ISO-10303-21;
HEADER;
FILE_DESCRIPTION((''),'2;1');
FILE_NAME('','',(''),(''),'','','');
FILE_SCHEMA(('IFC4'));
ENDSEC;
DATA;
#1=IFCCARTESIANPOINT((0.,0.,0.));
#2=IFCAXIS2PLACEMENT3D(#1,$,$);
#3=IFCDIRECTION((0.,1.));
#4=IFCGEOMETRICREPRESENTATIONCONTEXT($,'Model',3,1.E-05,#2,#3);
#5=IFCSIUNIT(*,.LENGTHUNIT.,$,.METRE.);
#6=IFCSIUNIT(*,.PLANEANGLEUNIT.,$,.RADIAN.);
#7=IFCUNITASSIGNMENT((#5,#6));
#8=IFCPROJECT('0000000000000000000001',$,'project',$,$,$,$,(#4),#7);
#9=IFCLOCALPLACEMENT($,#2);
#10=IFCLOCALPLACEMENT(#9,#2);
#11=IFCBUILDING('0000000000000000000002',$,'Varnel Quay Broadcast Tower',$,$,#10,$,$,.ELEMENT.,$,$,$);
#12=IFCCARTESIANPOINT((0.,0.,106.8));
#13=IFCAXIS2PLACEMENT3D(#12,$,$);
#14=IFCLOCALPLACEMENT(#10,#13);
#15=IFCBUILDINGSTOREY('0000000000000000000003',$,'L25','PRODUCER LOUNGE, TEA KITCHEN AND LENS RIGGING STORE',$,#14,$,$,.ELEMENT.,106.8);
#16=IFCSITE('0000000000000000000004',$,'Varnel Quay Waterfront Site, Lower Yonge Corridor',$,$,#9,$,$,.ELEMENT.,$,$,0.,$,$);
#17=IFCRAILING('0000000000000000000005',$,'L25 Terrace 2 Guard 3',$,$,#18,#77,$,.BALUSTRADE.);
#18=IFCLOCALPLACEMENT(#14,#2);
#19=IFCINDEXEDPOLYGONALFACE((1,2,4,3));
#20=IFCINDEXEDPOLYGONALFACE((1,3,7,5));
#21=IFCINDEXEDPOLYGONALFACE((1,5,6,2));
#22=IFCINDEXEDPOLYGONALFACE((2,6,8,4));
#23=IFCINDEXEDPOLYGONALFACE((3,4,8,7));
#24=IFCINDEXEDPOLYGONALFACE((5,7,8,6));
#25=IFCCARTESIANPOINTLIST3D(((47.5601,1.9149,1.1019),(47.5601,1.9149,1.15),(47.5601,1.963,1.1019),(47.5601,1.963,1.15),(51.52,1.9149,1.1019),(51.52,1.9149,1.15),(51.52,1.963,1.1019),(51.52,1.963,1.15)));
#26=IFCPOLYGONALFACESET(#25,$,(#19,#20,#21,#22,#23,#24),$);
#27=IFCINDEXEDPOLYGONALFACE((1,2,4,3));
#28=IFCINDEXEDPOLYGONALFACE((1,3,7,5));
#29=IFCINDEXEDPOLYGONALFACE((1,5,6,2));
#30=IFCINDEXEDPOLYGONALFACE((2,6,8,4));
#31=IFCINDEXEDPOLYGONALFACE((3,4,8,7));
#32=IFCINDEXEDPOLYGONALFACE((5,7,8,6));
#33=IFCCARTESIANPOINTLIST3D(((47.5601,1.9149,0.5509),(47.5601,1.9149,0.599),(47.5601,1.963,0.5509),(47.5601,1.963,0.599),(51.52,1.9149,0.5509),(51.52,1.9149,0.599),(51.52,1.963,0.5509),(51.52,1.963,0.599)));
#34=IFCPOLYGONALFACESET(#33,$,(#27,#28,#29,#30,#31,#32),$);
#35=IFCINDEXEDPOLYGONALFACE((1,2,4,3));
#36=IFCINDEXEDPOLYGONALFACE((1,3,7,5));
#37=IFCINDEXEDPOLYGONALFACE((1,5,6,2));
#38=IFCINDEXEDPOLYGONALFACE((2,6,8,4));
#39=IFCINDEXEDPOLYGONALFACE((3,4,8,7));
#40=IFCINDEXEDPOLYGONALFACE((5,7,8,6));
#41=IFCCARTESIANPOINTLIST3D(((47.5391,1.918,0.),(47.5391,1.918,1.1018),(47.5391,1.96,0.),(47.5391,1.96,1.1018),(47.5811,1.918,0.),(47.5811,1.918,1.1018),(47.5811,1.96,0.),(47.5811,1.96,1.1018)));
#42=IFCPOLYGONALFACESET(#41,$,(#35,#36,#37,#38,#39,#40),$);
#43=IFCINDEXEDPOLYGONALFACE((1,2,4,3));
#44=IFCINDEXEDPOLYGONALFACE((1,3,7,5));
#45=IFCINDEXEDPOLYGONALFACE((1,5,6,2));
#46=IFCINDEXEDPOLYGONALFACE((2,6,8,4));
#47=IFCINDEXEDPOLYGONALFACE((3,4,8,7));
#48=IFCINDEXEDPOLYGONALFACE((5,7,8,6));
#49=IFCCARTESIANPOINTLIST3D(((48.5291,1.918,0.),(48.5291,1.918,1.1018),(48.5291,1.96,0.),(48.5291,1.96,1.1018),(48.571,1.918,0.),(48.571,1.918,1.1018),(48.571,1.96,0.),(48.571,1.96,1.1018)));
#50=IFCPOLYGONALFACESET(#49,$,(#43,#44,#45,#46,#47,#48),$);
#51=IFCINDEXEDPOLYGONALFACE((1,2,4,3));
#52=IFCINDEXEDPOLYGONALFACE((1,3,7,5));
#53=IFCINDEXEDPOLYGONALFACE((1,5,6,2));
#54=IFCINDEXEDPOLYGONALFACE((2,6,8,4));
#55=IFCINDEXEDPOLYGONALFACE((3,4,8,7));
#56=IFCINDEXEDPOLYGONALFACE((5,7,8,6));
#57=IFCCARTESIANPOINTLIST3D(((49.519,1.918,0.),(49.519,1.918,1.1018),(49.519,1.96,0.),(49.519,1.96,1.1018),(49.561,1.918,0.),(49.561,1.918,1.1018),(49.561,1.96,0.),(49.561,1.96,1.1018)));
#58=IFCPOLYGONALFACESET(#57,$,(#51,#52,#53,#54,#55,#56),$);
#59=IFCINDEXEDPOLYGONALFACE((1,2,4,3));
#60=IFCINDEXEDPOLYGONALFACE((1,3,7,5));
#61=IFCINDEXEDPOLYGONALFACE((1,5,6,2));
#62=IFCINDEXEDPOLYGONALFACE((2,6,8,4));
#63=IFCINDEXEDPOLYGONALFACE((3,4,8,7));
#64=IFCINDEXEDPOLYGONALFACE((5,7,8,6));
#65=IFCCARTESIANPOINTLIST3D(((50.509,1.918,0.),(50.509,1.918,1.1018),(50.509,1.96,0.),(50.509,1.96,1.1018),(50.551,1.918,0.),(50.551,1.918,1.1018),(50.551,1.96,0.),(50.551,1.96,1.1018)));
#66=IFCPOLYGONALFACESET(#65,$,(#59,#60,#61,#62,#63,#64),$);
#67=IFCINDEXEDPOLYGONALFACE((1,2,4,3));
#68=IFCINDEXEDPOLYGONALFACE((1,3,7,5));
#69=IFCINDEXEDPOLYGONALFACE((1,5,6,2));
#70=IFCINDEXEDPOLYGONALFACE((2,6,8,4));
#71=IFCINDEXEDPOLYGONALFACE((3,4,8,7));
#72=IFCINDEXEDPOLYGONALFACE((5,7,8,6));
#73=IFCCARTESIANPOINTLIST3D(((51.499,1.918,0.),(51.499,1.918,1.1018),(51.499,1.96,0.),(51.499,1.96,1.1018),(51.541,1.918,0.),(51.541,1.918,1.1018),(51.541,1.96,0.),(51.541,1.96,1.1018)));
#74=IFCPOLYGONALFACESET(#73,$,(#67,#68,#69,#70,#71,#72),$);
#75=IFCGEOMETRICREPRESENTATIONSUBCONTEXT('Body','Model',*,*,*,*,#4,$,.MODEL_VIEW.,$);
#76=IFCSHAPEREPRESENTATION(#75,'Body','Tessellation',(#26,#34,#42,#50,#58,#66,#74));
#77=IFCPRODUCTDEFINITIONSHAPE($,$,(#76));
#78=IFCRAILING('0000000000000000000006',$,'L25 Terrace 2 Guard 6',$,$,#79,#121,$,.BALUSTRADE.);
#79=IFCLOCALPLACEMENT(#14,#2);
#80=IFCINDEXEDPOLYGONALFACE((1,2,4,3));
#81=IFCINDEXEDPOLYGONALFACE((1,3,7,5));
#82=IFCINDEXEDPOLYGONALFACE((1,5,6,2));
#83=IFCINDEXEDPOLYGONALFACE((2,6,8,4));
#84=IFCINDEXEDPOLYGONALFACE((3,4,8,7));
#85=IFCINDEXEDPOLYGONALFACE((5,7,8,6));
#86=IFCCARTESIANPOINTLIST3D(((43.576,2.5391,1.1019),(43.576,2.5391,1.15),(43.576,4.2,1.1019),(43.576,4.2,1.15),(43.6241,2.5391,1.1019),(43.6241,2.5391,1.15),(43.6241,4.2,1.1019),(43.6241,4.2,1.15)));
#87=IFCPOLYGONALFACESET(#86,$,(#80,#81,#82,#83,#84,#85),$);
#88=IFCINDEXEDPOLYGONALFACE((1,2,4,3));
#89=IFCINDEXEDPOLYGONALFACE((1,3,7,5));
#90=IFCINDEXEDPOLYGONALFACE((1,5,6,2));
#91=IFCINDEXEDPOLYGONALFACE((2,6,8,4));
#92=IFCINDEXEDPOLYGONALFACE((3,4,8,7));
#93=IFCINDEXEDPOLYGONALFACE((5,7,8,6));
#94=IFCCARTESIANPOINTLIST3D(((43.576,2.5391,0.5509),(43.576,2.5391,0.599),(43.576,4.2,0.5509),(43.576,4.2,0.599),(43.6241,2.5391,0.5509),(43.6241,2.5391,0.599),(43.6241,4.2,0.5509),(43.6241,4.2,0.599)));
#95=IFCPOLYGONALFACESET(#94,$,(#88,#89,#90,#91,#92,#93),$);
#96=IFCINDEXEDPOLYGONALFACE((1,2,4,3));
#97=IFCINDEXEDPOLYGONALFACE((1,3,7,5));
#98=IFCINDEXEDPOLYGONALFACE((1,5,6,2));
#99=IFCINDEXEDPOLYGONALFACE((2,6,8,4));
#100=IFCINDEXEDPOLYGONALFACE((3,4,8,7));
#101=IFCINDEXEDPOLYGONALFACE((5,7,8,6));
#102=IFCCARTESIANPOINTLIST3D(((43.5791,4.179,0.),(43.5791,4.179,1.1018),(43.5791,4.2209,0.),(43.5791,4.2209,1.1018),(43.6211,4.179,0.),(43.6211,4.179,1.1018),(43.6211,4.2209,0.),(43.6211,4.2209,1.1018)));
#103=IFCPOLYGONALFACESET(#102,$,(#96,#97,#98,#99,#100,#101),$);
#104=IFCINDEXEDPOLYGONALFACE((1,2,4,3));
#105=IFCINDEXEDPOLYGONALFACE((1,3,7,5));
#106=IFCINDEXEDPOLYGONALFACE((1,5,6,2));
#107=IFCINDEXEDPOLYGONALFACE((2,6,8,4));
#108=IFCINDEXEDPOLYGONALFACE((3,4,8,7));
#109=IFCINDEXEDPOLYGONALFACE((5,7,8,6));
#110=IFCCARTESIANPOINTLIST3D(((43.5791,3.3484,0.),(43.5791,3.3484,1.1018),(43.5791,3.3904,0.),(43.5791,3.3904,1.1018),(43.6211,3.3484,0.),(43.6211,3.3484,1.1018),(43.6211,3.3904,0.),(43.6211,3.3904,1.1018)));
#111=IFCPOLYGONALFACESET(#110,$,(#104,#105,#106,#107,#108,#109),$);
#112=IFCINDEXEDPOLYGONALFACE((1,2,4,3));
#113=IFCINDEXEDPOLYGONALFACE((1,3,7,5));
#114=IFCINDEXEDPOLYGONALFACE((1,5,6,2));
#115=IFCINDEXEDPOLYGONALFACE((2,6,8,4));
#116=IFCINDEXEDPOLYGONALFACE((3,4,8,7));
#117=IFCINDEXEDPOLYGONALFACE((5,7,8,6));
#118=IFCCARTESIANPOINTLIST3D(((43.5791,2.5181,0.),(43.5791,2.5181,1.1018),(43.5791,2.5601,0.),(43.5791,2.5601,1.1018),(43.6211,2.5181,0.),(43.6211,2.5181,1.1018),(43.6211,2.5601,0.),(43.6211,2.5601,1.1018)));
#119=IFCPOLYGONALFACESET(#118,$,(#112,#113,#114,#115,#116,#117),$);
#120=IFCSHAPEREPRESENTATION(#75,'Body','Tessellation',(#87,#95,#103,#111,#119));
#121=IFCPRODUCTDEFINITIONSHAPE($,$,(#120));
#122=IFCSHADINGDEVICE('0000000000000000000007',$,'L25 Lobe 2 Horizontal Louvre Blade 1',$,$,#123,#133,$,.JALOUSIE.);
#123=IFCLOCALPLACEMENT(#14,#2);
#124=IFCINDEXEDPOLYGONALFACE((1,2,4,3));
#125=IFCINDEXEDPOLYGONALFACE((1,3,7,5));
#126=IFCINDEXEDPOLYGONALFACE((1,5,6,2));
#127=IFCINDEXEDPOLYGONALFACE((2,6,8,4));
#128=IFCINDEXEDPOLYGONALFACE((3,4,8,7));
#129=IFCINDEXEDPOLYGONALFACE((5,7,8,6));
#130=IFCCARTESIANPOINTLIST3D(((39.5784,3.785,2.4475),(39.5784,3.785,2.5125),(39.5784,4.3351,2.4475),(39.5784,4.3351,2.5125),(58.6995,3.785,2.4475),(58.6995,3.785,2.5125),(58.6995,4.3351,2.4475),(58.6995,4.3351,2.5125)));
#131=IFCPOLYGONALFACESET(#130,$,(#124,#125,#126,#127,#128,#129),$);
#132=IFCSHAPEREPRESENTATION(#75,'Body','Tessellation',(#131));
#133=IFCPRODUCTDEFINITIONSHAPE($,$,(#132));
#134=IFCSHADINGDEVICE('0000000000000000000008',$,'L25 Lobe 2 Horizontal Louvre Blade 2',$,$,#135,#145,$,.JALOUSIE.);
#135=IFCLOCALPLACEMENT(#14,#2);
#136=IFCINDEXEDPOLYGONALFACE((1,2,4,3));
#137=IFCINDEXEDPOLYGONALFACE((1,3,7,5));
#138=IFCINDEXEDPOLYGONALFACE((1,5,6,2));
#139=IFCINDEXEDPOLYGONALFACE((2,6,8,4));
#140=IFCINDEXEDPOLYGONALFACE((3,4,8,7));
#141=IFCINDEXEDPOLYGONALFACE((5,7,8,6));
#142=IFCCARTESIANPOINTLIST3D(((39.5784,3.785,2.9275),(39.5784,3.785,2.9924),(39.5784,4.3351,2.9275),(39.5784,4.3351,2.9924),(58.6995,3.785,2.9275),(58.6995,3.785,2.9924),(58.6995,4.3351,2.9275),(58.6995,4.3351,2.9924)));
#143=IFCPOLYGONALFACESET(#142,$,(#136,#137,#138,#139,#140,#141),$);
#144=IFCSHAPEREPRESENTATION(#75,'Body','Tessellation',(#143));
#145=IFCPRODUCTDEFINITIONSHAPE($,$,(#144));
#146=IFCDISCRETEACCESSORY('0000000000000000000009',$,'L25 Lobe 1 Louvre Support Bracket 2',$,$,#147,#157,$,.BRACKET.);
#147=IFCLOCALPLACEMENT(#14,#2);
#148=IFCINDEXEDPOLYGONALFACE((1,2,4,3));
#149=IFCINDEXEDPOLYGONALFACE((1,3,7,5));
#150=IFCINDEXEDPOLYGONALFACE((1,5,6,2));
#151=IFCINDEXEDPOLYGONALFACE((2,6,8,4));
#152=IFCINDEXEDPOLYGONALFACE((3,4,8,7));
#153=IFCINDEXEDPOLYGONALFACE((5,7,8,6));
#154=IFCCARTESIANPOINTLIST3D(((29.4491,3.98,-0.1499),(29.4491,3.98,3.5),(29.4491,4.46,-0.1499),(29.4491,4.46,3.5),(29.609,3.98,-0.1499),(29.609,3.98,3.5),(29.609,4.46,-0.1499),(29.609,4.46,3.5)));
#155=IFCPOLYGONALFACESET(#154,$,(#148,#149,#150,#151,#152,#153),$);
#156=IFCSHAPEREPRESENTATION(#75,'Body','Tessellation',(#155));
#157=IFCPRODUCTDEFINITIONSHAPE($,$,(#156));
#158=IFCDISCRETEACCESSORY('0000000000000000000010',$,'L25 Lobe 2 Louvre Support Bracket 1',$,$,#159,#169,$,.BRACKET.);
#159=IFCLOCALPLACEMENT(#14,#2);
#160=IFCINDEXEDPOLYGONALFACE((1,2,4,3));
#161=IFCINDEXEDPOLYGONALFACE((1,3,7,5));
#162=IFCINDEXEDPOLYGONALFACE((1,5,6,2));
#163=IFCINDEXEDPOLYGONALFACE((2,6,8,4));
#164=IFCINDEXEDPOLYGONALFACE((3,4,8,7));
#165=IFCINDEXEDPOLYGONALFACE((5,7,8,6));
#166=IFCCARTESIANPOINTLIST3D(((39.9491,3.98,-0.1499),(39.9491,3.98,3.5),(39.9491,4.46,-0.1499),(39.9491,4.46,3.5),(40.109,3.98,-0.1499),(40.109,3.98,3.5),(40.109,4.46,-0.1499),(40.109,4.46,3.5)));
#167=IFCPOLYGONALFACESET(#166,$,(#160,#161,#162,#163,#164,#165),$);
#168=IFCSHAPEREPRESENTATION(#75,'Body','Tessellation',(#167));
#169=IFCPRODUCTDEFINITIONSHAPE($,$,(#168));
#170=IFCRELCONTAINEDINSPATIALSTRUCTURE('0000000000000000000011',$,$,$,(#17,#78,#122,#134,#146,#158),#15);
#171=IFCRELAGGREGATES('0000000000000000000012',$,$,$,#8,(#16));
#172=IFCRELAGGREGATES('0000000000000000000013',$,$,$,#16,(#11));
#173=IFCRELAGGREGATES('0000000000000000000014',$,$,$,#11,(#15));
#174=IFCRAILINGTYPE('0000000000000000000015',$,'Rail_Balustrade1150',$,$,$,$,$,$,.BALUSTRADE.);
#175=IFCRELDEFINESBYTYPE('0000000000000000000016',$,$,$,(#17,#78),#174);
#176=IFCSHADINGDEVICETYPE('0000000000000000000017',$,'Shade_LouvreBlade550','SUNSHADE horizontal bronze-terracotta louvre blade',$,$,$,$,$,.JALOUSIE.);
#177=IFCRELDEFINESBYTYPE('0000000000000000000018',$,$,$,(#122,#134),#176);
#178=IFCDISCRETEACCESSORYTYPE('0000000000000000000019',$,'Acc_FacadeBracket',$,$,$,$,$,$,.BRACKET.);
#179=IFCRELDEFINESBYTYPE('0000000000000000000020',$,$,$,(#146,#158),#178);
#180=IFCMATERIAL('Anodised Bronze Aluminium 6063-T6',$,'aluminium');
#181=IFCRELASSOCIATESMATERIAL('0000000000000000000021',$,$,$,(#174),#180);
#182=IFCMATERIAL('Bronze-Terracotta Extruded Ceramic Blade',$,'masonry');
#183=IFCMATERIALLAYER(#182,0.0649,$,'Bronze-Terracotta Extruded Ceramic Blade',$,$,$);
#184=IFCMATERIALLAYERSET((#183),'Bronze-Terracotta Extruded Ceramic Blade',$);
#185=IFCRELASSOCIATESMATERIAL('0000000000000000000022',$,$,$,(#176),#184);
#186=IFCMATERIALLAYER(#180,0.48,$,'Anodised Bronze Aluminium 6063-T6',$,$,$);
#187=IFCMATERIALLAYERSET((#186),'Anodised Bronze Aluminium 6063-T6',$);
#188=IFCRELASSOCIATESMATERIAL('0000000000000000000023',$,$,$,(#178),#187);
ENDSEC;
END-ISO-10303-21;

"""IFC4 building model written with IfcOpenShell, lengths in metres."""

from ifc_helpers import new_model, si_unit, direction, frame, origin, origin_2d, place, context, subcontext, project, spatial, rectangle, extrude, source, transform, mapped, material, layer, layer_set, type_object, type_shapes, element, save


model = new_model("IFC4")

# Units and contexts
model_context = context("Model", 3, precision=1e-05, world=origin(), true_north=direction((0.0, 1.0)))
body_context = subcontext(model_context, "Body", "Model", "MODEL_VIEW")
ifc_project = project(units=[si_unit("LENGTHUNIT", "METRE"), si_unit("PLANEANGLEUNIT", "RADIAN")], contexts=[model_context])

# Site, building, storey
site_placement = place(None, origin())
site = spatial("IfcSite", under=ifc_project, at=site_placement, Name="Varnel Quay Waterfront Site, Lower Yonge Corridor", CompositionType="ELEMENT", RefElevation=0.0)
building_placement = place(site_placement, origin())
building = spatial("IfcBuilding", under=site, at=building_placement, Name="Varnel Quay Broadcast Tower", CompositionType="ELEMENT")
storey_placement = place(building_placement, frame((0.0, 0.0, 106.8)))
storey = spatial("IfcBuildingStorey", under=building, at=storey_placement, Name="L25", Description="PRODUCER LOUNGE, TEA KITCHEN AND LENS RIGGING STORE", CompositionType="ELEMENT", Elevation=106.8)

# Shared definitions
ifc_material_1 = material(Name="Anodised Bronze Aluminium 6063-T6", Category="aluminium")

# Railings
railing_type = type_object("IfcRailingType", Name="Rail_Balustrade1150", PredefinedType="BALUSTRADE", material=ifc_material_1)
railing_1_placement = place(storey_placement, frame((47.5601, 1.939, 0.0)))
element("IfcRailing", 1, at=railing_1_placement, inside=storey, type_object=railing_type, Name="L25 Terrace 2 Guard 3", PredefinedType="BALUSTRADE", context=body_context, shape_type="SweptSolid", body=[
    extrude(rectangle(XDim=0.0481, YDim=0.0481, at=origin_2d()), frame((0.0, 0.0, 1.126), z_axis=(1.0, 0.0, 0.0), x_axis=(0.0, 1.0, 0.0)), (0.0, 0.0, 1.0), 3.96),
    extrude(rectangle(XDim=0.0481, YDim=0.0481, at=origin_2d()), frame((0.0, 0.0, 0.575), z_axis=(1.0, 0.0, 0.0), x_axis=(0.0, 1.0, 0.0)), (0.0, 0.0, 1.0), 3.96),
    extrude(rectangle(XDim=0.042, YDim=0.042, at=origin_2d()), origin(), (0.0, 0.0, 1.0), 1.1018),
    extrude(rectangle(XDim=0.042, YDim=0.042, at=origin_2d()), frame((0.99, 0.0, 0.0)), (0.0, 0.0, 1.0), 1.1018),
    extrude(rectangle(XDim=0.042, YDim=0.042, at=origin_2d()), frame((1.98, 0.0, 0.0)), (0.0, 0.0, 1.0), 1.1018),
    extrude(rectangle(XDim=0.042, YDim=0.042, at=origin_2d()), frame((2.97, 0.0, 0.0)), (0.0, 0.0, 1.0), 1.1018),
    extrude(rectangle(XDim=0.042, YDim=0.042, at=origin_2d()), frame((3.96, 0.0, 0.0)), (0.0, 0.0, 1.0), 1.1018),
])
railing_2_placement = place(storey_placement, frame((43.6001, 4.2, 0.0)))
element("IfcRailing", 2, at=railing_2_placement, inside=storey, type_object=railing_type, Name="L25 Terrace 2 Guard 6", PredefinedType="BALUSTRADE", context=body_context, shape_type="SweptSolid", body=[
    extrude(rectangle(XDim=0.0481, YDim=0.0481, at=origin_2d()), frame((0.0, 0.0, 1.126), z_axis=(0.0, -1.0, 0.0), x_axis=(1.0, 0.0, 0.0)), (0.0, 0.0, 1.0), 1.6609),
    extrude(rectangle(XDim=0.0481, YDim=0.0481, at=origin_2d()), frame((0.0, 0.0, 0.575), z_axis=(0.0, -1.0, 0.0), x_axis=(1.0, 0.0, 0.0)), (0.0, 0.0, 1.0), 1.6609),
    extrude(rectangle(XDim=0.042, YDim=0.042, at=origin_2d()), origin(), (0.0, 0.0, 1.0), 1.1018),
    extrude(rectangle(XDim=0.042, YDim=0.042, at=origin_2d()), frame((0.0, -0.8306, 0.0)), (0.0, 0.0, 1.0), 1.1018),
    extrude(rectangle(XDim=0.042, YDim=0.042, at=origin_2d()), frame((0.0, -1.6609, 0.0)), (0.0, 0.0, 1.0), 1.1018),
])

# Shading devices
ifc_material_2 = material(Name="Bronze-Terracotta Extruded Ceramic Blade", Category="masonry")
ifc_layer_1 = layer(ifc_material_2, 0.0649, Name="Bronze-Terracotta Extruded Ceramic Blade")
ifc_layer_set_1 = layer_set([ifc_layer_1], Name="Bronze-Terracotta Extruded Ceramic Blade")
shading_device_type = type_object("IfcShadingDeviceType", Name="Shade_LouvreBlade550", Description="SUNSHADE horizontal bronze-terracotta louvre blade", PredefinedType="JALOUSIE", material=ifc_layer_set_1)
shared_shape_1 = source(origin(), body_context, "Body", "SweptSolid", [
    extrude(rectangle(XDim=19.1211, YDim=0.55, at=origin_2d()), origin(), (0.0, 0.0, 1.0), 0.0649),
])
type_shapes(shading_device_type, [shared_shape_1])
for number, where, z_axis, x_axis, name in (
    (3, (49.1389, 4.0601, 2.4475), (0.0, 0.0, 1.0), (1.0, 0.0, 0.0), "L25 Lobe 2 Horizontal Louvre Blade 1"),
    (4, (49.1389, 4.0601, 2.9275), (0.0, 0.0, 1.0), (1.0, 0.0, 0.0), "L25 Lobe 2 Horizontal Louvre Blade 2"),
):
    element("IfcShadingDevice", number, at=place(storey_placement, frame(where, z_axis=z_axis, x_axis=x_axis)), inside=storey, type_object=shading_device_type, Name=name, PredefinedType="JALOUSIE", context=body_context, shape_type="MappedRepresentation", body=[
        mapped(shared_shape_1, transform((0.0, 0.0, 0.0), x_axis=(1.0, 0.0, 0.0), y_axis=(0.0, 1.0, 0.0), z_axis=(0.0, 0.0, 1.0), scale=1.0)),
    ])

# Discrete accessories
ifc_layer_2 = layer(ifc_material_1, 0.48, Name="Anodised Bronze Aluminium 6063-T6")
ifc_layer_set_2 = layer_set([ifc_layer_2], Name="Anodised Bronze Aluminium 6063-T6")
discrete_accessory_type = type_object("IfcDiscreteAccessoryType", Name="Acc_FacadeBracket", PredefinedType="BRACKET", material=ifc_layer_set_2)
shared_shape_2 = source(origin(), body_context, "Body", "SweptSolid", [
    extrude(rectangle(XDim=0.1599, YDim=0.48, at=origin_2d()), origin(), (0.0, 0.0, 1.0), 3.6499),
])
type_shapes(discrete_accessory_type, [shared_shape_2])
for number, where, z_axis, x_axis, name in (
    (5, (29.5291, 4.22, -0.1499), (0.0, 0.0, 1.0), (1.0, 0.0, 0.0), "L25 Lobe 1 Louvre Support Bracket 2"),
    (6, (40.0291, 4.22, -0.1499), (0.0, 0.0, 1.0), (1.0, 0.0, 0.0), "L25 Lobe 2 Louvre Support Bracket 1"),
):
    element("IfcDiscreteAccessory", number, at=place(storey_placement, frame(where, z_axis=z_axis, x_axis=x_axis)), inside=storey, type_object=discrete_accessory_type, Name=name, PredefinedType="BRACKET", context=body_context, shape_type="MappedRepresentation", body=[
        mapped(shared_shape_2, transform((0.0, 0.0, 0.0), x_axis=(1.0, 0.0, 0.0), y_axis=(0.0, 1.0, 0.0), z_axis=(0.0, 0.0, 1.0), scale=1.0)),
    ])

save(model, "model.ifc")
